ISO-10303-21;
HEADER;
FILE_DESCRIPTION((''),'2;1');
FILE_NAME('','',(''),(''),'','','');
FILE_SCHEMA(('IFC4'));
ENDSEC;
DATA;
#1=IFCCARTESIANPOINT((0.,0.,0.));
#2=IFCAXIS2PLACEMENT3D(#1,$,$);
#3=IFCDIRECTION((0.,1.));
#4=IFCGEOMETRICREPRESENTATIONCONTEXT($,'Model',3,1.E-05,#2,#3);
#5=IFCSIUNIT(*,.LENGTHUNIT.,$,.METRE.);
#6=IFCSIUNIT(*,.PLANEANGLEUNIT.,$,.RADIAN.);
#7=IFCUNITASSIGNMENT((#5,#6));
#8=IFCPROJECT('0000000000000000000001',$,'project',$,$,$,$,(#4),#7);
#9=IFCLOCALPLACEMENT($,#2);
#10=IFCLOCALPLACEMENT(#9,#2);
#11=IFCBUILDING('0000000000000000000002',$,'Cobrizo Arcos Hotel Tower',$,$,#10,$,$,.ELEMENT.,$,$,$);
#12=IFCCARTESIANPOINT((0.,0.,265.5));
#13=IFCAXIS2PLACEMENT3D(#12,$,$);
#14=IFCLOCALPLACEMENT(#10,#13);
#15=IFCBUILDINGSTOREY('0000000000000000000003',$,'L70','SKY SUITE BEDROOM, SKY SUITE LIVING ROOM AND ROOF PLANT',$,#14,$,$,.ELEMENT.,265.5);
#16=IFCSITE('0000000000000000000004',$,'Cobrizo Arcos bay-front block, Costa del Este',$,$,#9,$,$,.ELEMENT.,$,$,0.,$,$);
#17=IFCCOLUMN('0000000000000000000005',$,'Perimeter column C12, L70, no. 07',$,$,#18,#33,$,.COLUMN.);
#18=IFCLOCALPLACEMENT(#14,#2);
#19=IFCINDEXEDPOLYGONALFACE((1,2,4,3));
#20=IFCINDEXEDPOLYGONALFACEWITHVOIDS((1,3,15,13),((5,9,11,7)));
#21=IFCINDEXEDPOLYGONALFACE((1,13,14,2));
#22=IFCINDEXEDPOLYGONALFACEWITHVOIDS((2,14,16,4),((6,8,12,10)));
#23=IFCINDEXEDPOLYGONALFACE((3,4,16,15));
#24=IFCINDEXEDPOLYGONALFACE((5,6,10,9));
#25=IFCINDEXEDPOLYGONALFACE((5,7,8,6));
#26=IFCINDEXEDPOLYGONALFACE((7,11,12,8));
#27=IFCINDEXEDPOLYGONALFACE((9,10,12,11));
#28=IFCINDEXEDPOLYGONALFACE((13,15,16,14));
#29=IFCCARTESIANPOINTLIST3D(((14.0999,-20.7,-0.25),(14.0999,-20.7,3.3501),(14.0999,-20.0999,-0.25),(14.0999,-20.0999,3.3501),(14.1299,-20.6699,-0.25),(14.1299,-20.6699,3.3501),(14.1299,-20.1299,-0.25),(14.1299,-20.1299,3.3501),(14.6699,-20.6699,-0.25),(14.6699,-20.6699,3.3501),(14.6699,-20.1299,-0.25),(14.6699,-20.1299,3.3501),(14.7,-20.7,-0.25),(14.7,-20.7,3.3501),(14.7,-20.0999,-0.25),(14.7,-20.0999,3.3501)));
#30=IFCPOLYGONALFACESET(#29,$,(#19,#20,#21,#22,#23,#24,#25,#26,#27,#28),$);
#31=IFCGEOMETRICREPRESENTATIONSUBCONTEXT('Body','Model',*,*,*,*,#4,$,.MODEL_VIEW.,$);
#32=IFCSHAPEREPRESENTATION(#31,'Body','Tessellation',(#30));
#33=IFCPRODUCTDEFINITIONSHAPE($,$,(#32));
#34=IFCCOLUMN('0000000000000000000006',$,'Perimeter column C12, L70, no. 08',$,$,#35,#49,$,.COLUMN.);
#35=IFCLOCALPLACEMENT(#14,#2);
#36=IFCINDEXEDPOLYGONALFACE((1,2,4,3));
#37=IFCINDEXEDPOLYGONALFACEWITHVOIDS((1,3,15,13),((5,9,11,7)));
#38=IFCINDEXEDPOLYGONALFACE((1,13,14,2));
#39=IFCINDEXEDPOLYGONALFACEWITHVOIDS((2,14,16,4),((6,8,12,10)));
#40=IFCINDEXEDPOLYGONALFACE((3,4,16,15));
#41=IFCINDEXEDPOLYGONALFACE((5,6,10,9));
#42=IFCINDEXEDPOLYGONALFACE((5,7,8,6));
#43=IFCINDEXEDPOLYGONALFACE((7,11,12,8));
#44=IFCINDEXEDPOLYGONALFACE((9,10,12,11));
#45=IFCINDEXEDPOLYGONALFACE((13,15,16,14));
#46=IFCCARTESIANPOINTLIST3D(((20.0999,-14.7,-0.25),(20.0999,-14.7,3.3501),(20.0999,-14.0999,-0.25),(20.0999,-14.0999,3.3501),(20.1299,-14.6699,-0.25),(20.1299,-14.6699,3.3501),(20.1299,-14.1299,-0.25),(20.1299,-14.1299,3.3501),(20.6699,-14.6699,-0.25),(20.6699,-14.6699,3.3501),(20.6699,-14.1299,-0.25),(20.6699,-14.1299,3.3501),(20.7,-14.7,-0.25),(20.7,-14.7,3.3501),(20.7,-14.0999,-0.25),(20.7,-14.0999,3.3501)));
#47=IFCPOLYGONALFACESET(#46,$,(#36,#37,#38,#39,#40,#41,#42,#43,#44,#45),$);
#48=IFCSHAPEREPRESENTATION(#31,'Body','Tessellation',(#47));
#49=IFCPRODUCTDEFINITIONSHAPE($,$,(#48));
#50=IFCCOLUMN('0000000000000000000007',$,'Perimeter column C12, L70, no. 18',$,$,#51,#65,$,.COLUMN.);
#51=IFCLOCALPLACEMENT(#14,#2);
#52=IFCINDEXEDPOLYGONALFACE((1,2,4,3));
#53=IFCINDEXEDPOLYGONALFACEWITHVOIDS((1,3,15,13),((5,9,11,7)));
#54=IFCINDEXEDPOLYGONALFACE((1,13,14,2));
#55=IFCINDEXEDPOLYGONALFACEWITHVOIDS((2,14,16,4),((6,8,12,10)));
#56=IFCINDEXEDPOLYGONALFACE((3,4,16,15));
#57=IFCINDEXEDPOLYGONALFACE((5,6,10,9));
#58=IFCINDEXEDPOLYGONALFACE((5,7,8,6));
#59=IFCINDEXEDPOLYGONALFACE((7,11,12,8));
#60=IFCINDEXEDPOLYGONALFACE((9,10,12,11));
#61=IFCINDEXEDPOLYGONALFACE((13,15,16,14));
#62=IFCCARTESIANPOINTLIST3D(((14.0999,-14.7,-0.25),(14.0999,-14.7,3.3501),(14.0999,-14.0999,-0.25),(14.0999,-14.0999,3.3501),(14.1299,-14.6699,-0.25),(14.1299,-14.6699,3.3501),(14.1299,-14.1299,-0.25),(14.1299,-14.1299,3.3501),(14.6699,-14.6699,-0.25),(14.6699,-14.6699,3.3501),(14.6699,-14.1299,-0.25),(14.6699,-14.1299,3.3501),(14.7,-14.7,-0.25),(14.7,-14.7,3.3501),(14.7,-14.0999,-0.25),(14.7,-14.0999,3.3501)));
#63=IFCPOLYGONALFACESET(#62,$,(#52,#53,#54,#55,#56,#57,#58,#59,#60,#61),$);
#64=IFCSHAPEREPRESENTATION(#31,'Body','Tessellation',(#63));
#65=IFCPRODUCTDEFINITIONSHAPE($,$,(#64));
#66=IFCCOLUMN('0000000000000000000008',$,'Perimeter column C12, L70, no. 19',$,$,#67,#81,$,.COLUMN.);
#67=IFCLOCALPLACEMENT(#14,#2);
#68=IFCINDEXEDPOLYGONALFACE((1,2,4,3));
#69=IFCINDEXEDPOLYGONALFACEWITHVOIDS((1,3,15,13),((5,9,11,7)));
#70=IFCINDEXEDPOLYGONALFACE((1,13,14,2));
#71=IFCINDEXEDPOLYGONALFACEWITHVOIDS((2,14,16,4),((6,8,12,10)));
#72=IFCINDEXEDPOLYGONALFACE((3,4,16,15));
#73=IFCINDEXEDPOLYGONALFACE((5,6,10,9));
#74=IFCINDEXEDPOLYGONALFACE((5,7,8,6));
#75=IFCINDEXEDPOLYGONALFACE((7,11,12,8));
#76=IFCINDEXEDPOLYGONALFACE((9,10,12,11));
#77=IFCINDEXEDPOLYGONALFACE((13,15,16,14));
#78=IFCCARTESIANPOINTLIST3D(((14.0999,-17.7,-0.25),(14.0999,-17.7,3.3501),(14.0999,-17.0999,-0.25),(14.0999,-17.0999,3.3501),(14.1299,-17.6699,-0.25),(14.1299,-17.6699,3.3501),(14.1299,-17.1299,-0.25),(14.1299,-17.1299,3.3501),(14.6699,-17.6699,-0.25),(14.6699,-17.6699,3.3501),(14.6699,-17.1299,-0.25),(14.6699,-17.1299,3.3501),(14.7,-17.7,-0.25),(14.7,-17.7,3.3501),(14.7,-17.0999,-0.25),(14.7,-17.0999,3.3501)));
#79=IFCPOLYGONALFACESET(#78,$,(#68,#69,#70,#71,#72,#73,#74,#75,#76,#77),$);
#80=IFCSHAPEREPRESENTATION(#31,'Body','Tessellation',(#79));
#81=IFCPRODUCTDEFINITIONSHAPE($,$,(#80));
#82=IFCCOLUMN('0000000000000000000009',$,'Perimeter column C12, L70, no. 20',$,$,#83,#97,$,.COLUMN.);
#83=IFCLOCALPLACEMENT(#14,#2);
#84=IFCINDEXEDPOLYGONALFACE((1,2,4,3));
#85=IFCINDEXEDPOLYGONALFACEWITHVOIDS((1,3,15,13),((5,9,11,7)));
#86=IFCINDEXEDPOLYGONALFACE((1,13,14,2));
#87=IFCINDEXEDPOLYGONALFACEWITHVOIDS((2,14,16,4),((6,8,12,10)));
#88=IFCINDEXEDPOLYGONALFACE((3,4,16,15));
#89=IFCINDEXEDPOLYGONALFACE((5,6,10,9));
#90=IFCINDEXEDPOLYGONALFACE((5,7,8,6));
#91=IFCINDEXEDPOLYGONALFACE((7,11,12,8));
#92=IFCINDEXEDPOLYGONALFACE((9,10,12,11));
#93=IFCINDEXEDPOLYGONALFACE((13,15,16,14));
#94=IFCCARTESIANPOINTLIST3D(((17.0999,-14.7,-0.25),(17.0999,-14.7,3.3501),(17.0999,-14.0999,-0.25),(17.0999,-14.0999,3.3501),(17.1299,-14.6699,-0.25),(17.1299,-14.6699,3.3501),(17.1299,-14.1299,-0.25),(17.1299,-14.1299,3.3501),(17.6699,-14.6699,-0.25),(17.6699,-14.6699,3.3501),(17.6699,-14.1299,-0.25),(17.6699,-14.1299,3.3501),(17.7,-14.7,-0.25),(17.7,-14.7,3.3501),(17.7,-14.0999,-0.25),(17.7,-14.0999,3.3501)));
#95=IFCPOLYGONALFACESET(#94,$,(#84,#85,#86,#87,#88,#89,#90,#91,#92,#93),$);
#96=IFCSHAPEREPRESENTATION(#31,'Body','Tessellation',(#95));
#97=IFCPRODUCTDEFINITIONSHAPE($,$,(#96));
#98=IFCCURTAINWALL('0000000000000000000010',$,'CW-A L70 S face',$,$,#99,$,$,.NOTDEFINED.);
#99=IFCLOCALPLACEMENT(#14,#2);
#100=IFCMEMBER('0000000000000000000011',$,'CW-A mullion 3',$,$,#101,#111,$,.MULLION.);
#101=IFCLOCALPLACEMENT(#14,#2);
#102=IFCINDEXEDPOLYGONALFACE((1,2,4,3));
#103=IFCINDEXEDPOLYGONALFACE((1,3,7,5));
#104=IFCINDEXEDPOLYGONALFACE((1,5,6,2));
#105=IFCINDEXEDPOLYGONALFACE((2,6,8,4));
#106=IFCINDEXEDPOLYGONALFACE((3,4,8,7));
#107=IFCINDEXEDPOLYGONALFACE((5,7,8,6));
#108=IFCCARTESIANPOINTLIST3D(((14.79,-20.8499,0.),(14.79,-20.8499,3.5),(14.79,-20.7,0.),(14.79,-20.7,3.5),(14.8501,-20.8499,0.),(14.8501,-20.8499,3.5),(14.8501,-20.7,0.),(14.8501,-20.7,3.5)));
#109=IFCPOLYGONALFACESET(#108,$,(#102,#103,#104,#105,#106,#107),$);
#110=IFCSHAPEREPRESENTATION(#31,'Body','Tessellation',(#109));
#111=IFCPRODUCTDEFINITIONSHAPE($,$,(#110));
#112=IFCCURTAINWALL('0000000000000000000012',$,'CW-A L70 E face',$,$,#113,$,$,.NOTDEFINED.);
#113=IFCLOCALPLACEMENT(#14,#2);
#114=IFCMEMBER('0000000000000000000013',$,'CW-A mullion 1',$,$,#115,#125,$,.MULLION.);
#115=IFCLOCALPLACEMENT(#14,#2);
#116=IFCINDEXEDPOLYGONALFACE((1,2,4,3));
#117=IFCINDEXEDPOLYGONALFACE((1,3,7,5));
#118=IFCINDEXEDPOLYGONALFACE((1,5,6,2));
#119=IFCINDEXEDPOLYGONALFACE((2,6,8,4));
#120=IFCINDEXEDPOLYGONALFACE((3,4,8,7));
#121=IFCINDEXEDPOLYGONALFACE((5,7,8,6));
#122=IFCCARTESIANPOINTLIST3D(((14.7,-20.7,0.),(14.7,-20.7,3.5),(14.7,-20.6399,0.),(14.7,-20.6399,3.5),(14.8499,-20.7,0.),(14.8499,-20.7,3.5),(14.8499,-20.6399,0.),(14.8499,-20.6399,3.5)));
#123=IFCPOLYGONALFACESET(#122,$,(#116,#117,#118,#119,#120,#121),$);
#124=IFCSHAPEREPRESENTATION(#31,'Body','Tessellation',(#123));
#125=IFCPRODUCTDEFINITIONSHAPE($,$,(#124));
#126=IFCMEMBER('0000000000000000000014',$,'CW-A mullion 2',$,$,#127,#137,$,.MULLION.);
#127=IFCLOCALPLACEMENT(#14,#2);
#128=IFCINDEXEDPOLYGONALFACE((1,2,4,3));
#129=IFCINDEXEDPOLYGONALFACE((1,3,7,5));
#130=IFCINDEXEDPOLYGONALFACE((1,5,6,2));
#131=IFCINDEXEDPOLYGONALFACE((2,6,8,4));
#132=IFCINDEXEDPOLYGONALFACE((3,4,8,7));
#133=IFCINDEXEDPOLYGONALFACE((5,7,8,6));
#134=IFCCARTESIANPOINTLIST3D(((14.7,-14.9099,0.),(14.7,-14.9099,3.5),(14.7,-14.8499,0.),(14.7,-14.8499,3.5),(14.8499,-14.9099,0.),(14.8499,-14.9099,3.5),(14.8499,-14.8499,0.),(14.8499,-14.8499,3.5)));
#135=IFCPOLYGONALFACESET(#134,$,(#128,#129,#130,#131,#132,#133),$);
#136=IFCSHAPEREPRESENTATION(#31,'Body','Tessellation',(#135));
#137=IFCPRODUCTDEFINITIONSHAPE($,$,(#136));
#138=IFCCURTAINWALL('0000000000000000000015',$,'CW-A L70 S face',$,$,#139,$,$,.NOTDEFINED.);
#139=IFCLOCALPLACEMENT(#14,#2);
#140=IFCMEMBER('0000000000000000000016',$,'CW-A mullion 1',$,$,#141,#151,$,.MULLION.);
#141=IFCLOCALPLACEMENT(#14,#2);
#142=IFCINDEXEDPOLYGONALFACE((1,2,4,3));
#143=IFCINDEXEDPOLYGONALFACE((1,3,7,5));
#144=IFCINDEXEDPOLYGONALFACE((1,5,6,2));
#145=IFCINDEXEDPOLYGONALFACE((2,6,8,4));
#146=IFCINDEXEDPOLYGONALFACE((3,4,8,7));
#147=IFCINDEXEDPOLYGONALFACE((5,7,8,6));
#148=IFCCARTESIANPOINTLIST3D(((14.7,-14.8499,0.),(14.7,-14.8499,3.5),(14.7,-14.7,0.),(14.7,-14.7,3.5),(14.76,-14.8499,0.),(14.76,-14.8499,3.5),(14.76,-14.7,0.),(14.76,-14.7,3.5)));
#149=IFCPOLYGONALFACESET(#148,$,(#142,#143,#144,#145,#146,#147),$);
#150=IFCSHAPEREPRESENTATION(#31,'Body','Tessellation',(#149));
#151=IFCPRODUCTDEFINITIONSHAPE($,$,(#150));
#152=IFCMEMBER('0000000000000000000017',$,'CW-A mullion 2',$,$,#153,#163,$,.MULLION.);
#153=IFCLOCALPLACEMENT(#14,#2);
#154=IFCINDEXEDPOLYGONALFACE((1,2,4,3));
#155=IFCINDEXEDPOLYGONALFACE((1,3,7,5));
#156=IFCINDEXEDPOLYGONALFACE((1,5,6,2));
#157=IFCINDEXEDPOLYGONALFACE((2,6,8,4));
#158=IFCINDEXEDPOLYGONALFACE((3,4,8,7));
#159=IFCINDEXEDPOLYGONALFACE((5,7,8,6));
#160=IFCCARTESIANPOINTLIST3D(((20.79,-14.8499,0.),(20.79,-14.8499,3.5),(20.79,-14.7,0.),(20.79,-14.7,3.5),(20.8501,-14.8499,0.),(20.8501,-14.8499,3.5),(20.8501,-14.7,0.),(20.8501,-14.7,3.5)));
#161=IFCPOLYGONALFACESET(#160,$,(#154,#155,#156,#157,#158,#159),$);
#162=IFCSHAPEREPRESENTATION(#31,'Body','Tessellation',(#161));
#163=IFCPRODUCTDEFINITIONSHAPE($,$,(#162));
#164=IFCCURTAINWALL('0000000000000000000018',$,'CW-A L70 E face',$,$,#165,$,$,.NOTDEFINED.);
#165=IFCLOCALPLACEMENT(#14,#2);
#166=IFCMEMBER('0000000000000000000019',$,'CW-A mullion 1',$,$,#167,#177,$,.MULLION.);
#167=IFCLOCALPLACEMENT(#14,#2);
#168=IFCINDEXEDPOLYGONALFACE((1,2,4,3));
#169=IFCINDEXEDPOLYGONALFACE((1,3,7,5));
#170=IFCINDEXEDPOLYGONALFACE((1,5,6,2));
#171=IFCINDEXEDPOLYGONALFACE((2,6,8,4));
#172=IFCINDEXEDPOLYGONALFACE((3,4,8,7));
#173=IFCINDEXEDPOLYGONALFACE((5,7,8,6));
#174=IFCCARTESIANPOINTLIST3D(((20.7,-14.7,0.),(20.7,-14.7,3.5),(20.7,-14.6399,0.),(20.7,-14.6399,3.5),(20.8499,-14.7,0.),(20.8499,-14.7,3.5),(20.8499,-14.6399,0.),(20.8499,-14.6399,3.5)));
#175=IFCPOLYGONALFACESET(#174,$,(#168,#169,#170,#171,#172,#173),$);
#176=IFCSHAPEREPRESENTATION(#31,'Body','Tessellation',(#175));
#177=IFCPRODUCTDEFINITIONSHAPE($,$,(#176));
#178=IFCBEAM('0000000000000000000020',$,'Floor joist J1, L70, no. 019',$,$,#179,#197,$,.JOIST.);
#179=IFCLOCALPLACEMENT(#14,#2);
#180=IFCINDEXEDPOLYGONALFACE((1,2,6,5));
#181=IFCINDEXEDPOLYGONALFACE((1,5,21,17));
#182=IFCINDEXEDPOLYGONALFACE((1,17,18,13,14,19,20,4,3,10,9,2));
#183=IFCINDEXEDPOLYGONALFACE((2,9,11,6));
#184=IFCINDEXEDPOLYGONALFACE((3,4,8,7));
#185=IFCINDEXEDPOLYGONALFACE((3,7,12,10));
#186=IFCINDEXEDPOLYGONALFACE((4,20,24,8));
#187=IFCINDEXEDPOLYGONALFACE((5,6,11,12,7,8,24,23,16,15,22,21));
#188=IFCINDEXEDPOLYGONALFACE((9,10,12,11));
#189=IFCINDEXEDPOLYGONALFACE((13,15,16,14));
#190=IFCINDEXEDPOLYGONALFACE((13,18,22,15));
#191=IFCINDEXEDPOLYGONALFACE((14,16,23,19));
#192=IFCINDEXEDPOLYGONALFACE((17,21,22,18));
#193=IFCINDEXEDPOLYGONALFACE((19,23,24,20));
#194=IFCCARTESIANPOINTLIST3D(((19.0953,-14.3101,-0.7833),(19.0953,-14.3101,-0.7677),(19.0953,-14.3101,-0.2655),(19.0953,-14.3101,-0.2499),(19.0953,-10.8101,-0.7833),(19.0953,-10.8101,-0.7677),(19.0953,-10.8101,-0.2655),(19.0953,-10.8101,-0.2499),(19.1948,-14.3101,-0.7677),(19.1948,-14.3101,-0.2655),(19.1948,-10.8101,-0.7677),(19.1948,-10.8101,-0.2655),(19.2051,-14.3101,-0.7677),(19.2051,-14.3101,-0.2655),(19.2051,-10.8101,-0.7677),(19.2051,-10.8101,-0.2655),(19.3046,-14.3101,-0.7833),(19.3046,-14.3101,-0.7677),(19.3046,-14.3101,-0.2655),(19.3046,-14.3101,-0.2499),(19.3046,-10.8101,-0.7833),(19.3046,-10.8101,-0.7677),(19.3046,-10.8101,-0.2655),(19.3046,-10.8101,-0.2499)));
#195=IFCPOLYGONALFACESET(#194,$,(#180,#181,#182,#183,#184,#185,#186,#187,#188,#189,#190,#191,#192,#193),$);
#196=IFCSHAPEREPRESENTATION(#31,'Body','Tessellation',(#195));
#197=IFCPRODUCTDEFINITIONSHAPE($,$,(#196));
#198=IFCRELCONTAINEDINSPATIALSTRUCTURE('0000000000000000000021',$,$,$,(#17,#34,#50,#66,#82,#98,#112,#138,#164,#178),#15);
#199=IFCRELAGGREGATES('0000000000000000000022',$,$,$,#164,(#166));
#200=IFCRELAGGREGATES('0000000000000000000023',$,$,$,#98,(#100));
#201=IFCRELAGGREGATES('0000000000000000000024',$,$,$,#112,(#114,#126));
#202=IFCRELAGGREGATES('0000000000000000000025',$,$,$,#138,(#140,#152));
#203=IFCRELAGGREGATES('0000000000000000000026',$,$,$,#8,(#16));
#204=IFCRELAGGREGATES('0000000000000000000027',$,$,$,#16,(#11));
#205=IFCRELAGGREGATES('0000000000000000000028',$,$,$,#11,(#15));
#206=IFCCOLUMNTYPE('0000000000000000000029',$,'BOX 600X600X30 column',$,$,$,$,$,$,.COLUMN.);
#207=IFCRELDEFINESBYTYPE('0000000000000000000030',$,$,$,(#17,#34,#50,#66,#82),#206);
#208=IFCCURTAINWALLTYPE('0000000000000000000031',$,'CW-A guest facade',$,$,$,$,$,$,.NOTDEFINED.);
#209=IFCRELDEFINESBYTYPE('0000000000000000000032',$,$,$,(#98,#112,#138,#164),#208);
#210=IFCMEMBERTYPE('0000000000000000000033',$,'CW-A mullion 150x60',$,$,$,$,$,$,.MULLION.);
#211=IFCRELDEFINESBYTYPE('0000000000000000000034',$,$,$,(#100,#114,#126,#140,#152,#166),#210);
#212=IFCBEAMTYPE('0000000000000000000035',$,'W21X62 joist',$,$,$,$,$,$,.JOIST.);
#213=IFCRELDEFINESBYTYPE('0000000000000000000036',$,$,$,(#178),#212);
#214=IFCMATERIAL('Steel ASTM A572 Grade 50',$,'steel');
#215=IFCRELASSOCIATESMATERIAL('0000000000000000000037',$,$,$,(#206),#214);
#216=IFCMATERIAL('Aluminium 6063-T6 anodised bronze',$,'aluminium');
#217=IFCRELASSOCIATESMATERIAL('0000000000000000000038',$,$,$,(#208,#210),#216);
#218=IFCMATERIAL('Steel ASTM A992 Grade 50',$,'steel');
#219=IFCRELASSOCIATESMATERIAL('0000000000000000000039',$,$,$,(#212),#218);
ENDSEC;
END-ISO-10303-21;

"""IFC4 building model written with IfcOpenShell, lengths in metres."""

from ifc_helpers import new_model, si_unit, direction, frame, origin, origin_2d, place, context, subcontext, project, spatial, rectangle, hollow_rectangle, i_section, extrude, material, material_profile, profile_set, type_object, element, aggregate, save


model = new_model("IFC4")

# Units and contexts
model_context = context("Model", 3, precision=1e-05, world=origin(), true_north=direction((0.0, 1.0)))
body_context = subcontext(model_context, "Body", "Model", "MODEL_VIEW")
ifc_project = project(units=[si_unit("LENGTHUNIT", "METRE"), si_unit("PLANEANGLEUNIT", "RADIAN")], contexts=[model_context])

# Site, building, storey
site_placement = place(None, origin())
site = spatial("IfcSite", under=ifc_project, at=site_placement, Name="Cobrizo Arcos bay-front block, Costa del Este", CompositionType="ELEMENT", RefElevation=0.0)
building_placement = place(site_placement, origin())
building = spatial("IfcBuilding", under=site, at=building_placement, Name="Cobrizo Arcos Hotel Tower", CompositionType="ELEMENT")
storey_placement = place(building_placement, frame((0.0, 0.0, 265.5)))
storey = spatial("IfcBuildingStorey", under=building, at=storey_placement, Name="L70", Description="SKY SUITE BEDROOM, SKY SUITE LIVING ROOM AND ROOF PLANT", CompositionType="ELEMENT", Elevation=265.5)

# Columns
ifc_material_1 = material(Name="Steel ASTM A572 Grade 50", Category="steel")
ifc_material_profile_1 = material_profile(ifc_material_1, hollow_rectangle(XDim=0.6001, YDim=0.6001, WallThickness=0.03, at=origin_2d()), Name="BOX 600X600X30")
ifc_profile_set_1 = profile_set([ifc_material_profile_1], Name="Steel ASTM A572 Grade 50")
column_type = type_object("IfcColumnType", Name="BOX 600X600X30 column", PredefinedType="COLUMN", material=ifc_profile_set_1)
for number, where, z_axis, x_axis, name in (
    (1, (14.3999, -20.3999, -0.25), (0.0, 0.0, 1.0), (1.0, 0.0, 0.0), "Perimeter column C12, L70, no. 07"),
    (2, (20.3999, -14.3999, -0.25), (0.0, 0.0, 1.0), (1.0, 0.0, 0.0), "Perimeter column C12, L70, no. 08"),
    (3, (14.3999, -14.3999, -0.25), (0.0, 0.0, 1.0), (1.0, 0.0, 0.0), "Perimeter column C12, L70, no. 18"),
    (4, (14.3999, -17.3999, -0.25), (0.0, 0.0, 1.0), (1.0, 0.0, 0.0), "Perimeter column C12, L70, no. 19"),
    (5, (17.3999, -14.3999, -0.25), (0.0, 0.0, 1.0), (1.0, 0.0, 0.0), "Perimeter column C12, L70, no. 20"),
):
    element("IfcColumn", number, at=place(storey_placement, frame(where, z_axis=z_axis, x_axis=x_axis)), inside=storey, type_object=column_type, Name=name, PredefinedType="COLUMN", context=body_context, shape_type="SweptSolid", body=[
        extrude(hollow_rectangle(XDim=0.6001, YDim=0.6001, WallThickness=0.03, at=origin_2d()), origin(), (0.0, 0.0, 1.0), 3.6001),
    ])

# Curtain wall, member
ifc_material_2 = material(Name="Aluminium 6063-T6 anodised bronze", Category="aluminium")
curtain_wall_type = type_object("IfcCurtainWallType", Name="CW-A guest facade", PredefinedType="NOTDEFINED", material=ifc_material_2)
curtain_wall_1_placement = place(storey_placement, origin())
curtain_wall_1 = element("IfcCurtainWall", 6, at=curtain_wall_1_placement, inside=storey, type_object=curtain_wall_type, Name="CW-A L70 S face", PredefinedType="NOTDEFINED")
ifc_material_profile_2 = material_profile(ifc_material_2, rectangle(XDim=0.1499, YDim=0.0601, at=origin_2d()), Name="CW-A mullion 150x60")
ifc_profile_set_2 = profile_set([ifc_material_profile_2], Name="Aluminium 6063-T6 anodised bronze")
member_type = type_object("IfcMemberType", Name="CW-A mullion 150x60", PredefinedType="MULLION", material=ifc_profile_set_2)
member_1_placement = place(storey_placement, frame((14.8201, -20.7749, 0.0), z_axis=(0.0, 0.0, 1.0), x_axis=(0.0, -1.0, 0.0)))
member_1 = element("IfcMember", 7, at=member_1_placement, type_object=member_type, Name="CW-A mullion 3", PredefinedType="MULLION", context=body_context, shape_type="SweptSolid", body=[
    extrude(rectangle(XDim=0.1499, YDim=0.0601, at=origin_2d()), origin(), (0.0, 0.0, 1.0), 3.5),
])

# Curtain walls, members
curtain_wall_2_placement = place(storey_placement, origin())
curtain_wall_2 = element("IfcCurtainWall", 8, at=curtain_wall_2_placement, inside=storey, type_object=curtain_wall_type, Name="CW-A L70 E face", PredefinedType="NOTDEFINED")
member_2_placement = place(storey_placement, frame((14.7749, -20.6699, 0.0), z_axis=(0.0, 0.0, 1.0), x_axis=(1.0, 0.0, 0.0)))
member_2 = element("IfcMember", 9, at=member_2_placement, type_object=member_type, Name="CW-A mullion 1", PredefinedType="MULLION", context=body_context, shape_type="SweptSolid", body=[
    extrude(rectangle(XDim=0.1499, YDim=0.0601, at=origin_2d()), origin(), (0.0, 0.0, 1.0), 3.5),
])
member_3_placement = place(storey_placement, frame((14.7749, -14.8799, 0.0), z_axis=(0.0, 0.0, 1.0), x_axis=(1.0, 0.0, 0.0)))
member_3 = element("IfcMember", 10, at=member_3_placement, type_object=member_type, Name="CW-A mullion 2", PredefinedType="MULLION", context=body_context, shape_type="SweptSolid", body=[
    extrude(rectangle(XDim=0.1499, YDim=0.0601, at=origin_2d()), origin(), (0.0, 0.0, 1.0), 3.5),
])
curtain_wall_3_placement = place(storey_placement, origin())
curtain_wall_3 = element("IfcCurtainWall", 11, at=curtain_wall_3_placement, inside=storey, type_object=curtain_wall_type, Name="CW-A L70 S face", PredefinedType="NOTDEFINED")
member_4_placement = place(storey_placement, frame((14.73, -14.7749, 0.0), z_axis=(0.0, 0.0, 1.0), x_axis=(0.0, -1.0, 0.0)))
member_4 = element("IfcMember", 12, at=member_4_placement, type_object=member_type, Name="CW-A mullion 1", PredefinedType="MULLION", context=body_context, shape_type="SweptSolid", body=[
    extrude(rectangle(XDim=0.1499, YDim=0.0601, at=origin_2d()), origin(), (0.0, 0.0, 1.0), 3.5),
])
member_5_placement = place(storey_placement, frame((20.8201, -14.7749, 0.0), z_axis=(0.0, 0.0, 1.0), x_axis=(0.0, -1.0, 0.0)))
member_5 = element("IfcMember", 13, at=member_5_placement, type_object=member_type, Name="CW-A mullion 2", PredefinedType="MULLION", context=body_context, shape_type="SweptSolid", body=[
    extrude(rectangle(XDim=0.1499, YDim=0.0601, at=origin_2d()), origin(), (0.0, 0.0, 1.0), 3.5),
])

# Curtain wall, member
curtain_wall_4_placement = place(storey_placement, origin())
curtain_wall_4 = element("IfcCurtainWall", 14, at=curtain_wall_4_placement, inside=storey, type_object=curtain_wall_type, Name="CW-A L70 E face", PredefinedType="NOTDEFINED")
member_6_placement = place(storey_placement, frame((20.7749, -14.6699, 0.0), z_axis=(0.0, 0.0, 1.0), x_axis=(1.0, 0.0, 0.0)))
member_6 = element("IfcMember", 15, at=member_6_placement, type_object=member_type, Name="CW-A mullion 1", PredefinedType="MULLION", context=body_context, shape_type="SweptSolid", body=[
    extrude(rectangle(XDim=0.1499, YDim=0.0601, at=origin_2d()), origin(), (0.0, 0.0, 1.0), 3.5),
])
aggregate(curtain_wall_4, [member_6])

# Beam
ifc_material_3 = material(Name="Steel ASTM A992 Grade 50", Category="steel")
ifc_material_profile_3 = material_profile(ifc_material_3, i_section(OverallWidth=0.2092, OverallDepth=0.5334, WebThickness=0.0103, FlangeThickness=0.0156, at=origin_2d()), Name="W21X62")
ifc_profile_set_3 = profile_set([ifc_material_profile_3], Name="Steel ASTM A992 Grade 50")
beam_type_1 = type_object("IfcBeamType", Name="W21X62 joist", PredefinedType="JOIST", material=ifc_profile_set_3)
beam_1_placement = place(storey_placement, frame((19.2, -14.3101, -0.5166), z_axis=(0.0, 1.0, 0.0), x_axis=(-1.0, 0.0, 0.0)))
element("IfcBeam", 16, at=beam_1_placement, inside=storey, type_object=beam_type_1, Name="Floor joist J1, L70, no. 019", PredefinedType="JOIST", context=body_context, shape_type="SweptSolid", body=[
    extrude(i_section(OverallWidth=0.2092, OverallDepth=0.5334, WebThickness=0.0103, FlangeThickness=0.0156, at=origin_2d()), origin(), (0.0, 0.0, 1.0), 3.5),
])

aggregate(curtain_wall_1, [member_1])
aggregate(curtain_wall_2, [member_2, member_3])
aggregate(curtain_wall_3, [member_4, member_5])

save(model, "model.ifc")
